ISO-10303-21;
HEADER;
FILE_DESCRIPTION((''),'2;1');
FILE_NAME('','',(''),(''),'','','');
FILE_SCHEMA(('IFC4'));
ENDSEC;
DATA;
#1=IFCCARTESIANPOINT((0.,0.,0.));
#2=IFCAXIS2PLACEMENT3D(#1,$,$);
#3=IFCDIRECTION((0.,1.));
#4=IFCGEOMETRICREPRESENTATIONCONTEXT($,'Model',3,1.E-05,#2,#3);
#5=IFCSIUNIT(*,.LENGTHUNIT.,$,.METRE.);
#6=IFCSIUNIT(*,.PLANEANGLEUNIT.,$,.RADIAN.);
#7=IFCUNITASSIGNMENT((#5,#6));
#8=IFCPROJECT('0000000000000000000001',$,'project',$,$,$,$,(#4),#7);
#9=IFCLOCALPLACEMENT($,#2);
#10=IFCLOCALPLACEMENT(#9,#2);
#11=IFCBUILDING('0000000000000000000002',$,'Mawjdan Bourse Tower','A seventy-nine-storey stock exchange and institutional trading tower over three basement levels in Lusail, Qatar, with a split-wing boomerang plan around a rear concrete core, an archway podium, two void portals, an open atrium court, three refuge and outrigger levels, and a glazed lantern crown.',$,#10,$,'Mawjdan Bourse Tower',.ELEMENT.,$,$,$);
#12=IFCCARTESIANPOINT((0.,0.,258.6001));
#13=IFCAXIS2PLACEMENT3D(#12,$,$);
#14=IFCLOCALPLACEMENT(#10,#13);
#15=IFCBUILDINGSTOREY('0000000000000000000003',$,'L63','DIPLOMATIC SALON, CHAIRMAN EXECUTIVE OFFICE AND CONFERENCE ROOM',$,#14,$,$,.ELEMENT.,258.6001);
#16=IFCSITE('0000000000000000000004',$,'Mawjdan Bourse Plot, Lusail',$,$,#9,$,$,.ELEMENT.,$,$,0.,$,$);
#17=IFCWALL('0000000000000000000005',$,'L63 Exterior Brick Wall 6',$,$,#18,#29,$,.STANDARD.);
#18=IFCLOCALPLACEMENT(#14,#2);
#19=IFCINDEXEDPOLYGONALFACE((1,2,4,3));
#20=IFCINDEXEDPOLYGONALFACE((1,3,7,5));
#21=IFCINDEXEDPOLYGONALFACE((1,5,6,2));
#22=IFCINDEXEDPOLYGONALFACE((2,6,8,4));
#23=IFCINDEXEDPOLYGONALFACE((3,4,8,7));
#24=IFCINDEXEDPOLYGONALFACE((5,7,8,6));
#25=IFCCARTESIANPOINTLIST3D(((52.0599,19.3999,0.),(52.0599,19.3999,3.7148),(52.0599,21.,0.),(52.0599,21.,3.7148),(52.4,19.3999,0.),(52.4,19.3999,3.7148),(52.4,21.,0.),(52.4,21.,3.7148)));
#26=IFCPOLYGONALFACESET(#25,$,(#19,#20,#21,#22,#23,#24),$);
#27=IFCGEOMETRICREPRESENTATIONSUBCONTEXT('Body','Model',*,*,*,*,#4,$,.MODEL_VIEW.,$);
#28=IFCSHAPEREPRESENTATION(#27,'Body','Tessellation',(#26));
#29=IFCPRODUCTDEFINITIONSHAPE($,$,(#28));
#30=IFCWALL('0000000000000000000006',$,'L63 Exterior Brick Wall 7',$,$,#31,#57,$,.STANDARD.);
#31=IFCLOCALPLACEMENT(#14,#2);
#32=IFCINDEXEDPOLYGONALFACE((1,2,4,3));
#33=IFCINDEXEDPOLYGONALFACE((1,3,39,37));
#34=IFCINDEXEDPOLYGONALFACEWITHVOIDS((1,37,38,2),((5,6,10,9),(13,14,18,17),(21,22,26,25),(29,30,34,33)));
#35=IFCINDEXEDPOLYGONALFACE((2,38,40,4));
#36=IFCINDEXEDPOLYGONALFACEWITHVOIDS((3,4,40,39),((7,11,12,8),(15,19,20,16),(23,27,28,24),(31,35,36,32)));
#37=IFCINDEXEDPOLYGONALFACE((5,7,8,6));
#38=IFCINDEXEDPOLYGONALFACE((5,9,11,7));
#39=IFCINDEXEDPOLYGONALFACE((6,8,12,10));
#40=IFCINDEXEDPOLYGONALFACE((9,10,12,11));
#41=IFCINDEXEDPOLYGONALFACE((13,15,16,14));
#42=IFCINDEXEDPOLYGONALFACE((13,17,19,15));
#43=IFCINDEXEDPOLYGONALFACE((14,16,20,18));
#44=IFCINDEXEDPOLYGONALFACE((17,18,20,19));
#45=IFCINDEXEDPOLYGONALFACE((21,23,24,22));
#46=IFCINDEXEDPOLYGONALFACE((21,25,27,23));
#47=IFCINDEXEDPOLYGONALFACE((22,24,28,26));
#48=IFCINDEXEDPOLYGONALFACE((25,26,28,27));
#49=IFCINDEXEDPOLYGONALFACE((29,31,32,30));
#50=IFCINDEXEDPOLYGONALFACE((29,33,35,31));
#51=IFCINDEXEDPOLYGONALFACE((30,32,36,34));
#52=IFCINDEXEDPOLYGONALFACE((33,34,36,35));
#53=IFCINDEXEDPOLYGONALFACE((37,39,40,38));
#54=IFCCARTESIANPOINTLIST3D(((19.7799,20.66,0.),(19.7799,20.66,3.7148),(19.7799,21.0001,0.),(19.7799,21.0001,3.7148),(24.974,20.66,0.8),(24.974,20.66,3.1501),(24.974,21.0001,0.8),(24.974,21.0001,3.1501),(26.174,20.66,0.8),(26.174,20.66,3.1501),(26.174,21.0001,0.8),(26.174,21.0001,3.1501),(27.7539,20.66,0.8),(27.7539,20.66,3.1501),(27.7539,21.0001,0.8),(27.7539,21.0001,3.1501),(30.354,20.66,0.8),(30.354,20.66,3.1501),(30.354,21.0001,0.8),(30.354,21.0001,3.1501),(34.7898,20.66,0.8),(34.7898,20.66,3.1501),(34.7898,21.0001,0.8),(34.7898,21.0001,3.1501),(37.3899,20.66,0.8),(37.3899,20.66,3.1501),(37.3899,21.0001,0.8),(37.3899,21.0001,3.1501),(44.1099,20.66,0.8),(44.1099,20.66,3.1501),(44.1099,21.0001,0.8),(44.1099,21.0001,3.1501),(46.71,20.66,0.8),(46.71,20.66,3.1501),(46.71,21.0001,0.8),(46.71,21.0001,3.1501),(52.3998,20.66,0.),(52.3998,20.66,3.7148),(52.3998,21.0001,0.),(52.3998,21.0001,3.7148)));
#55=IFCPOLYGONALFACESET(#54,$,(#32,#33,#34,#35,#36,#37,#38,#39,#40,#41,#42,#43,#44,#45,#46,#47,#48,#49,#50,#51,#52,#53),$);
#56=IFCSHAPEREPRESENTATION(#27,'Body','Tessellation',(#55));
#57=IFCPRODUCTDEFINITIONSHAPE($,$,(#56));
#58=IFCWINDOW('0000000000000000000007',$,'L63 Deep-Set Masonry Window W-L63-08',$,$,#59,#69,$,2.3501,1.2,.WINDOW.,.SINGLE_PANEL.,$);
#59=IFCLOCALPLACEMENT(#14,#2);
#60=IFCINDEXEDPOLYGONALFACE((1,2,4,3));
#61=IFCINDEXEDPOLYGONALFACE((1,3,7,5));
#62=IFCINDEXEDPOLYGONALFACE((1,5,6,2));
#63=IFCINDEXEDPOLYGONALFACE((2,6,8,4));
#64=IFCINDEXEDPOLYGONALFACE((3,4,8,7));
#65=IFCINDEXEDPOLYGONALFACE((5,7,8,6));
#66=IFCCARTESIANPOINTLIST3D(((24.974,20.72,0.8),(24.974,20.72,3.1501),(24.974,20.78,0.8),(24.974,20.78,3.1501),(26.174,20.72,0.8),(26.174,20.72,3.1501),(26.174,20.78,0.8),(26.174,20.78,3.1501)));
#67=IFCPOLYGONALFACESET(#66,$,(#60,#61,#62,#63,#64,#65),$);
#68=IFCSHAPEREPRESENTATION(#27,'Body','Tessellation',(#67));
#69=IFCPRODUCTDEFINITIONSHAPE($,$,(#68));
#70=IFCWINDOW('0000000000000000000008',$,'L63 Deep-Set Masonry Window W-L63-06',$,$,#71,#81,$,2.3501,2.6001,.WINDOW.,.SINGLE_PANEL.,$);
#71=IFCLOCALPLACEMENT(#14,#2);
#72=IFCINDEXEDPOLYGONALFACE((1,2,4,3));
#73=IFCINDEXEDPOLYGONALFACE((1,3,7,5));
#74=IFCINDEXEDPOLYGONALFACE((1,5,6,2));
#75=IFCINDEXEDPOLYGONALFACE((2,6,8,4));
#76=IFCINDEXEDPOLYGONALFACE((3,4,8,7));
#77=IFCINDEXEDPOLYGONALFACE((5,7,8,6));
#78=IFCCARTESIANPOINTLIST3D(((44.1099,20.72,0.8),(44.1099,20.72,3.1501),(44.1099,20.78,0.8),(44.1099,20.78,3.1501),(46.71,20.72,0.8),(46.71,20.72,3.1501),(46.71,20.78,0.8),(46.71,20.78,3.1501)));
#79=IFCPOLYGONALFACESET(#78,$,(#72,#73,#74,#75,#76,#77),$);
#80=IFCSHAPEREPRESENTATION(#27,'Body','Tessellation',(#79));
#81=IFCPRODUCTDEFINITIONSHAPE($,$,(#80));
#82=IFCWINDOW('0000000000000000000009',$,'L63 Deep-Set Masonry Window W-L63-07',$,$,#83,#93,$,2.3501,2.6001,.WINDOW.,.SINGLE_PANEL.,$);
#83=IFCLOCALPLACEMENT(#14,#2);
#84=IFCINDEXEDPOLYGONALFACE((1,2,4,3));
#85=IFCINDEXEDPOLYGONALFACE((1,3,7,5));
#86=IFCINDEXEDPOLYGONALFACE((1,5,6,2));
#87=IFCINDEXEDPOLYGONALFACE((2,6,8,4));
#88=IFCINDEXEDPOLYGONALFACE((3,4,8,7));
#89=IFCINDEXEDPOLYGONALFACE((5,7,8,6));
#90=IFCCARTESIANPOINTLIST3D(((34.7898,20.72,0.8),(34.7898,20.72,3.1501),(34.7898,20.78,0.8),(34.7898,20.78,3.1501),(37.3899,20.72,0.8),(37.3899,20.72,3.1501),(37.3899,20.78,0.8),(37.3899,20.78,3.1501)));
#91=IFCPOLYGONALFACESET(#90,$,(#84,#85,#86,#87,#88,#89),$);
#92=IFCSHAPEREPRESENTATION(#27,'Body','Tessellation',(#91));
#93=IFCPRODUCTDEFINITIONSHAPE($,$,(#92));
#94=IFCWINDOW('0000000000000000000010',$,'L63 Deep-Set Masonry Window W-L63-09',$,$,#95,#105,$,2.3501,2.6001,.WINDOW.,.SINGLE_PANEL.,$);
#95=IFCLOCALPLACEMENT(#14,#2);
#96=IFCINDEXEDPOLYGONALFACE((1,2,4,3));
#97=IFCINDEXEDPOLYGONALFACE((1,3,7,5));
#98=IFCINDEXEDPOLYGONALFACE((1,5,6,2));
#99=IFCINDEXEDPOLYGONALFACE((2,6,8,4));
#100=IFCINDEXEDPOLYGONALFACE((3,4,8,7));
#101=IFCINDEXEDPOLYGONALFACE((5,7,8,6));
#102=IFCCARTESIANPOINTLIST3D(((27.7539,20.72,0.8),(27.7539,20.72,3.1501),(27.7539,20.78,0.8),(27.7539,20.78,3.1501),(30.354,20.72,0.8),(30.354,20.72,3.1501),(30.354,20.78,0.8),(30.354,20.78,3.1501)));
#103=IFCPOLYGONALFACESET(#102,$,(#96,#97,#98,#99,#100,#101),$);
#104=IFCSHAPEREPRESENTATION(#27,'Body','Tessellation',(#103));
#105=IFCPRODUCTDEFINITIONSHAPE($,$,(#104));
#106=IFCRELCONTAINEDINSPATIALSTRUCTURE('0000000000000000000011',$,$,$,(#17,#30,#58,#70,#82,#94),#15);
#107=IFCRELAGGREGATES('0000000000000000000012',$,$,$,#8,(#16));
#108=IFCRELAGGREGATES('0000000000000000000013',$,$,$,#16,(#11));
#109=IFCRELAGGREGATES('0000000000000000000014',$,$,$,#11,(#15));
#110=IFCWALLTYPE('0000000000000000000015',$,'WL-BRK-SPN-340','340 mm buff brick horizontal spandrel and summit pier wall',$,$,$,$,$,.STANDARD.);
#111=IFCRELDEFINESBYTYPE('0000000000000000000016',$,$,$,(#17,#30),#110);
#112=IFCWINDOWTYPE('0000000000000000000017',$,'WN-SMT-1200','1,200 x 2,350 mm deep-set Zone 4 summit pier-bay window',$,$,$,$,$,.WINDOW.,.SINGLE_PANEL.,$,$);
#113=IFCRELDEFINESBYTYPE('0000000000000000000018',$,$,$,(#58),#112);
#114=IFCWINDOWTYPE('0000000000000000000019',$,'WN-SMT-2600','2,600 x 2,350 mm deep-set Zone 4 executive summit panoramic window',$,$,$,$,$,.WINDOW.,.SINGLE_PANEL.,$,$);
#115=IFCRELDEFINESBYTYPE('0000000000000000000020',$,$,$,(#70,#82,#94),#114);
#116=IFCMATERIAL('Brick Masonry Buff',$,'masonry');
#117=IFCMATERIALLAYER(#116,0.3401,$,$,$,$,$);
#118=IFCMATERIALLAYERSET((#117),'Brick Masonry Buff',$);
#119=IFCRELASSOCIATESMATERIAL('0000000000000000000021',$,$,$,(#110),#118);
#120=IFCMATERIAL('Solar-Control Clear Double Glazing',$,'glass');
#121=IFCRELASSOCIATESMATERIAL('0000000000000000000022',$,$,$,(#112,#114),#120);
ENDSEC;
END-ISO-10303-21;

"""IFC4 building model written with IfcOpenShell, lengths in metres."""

from ifc_helpers import new_model, si_unit, direction, frame, frame_2d, origin, place, context, subcontext, project, spatial, rectangle, extrude, material, layer, layer_set, type_object, element, fill, save


model = new_model("IFC4")

# Units and contexts
model_context = context("Model", 3, precision=1e-05, world=origin(), true_north=direction((0.0, 1.0)))
body_context = subcontext(model_context, "Body", "Model", "MODEL_VIEW")
ifc_project = project(units=[si_unit("LENGTHUNIT", "METRE"), si_unit("PLANEANGLEUNIT", "RADIAN")], contexts=[model_context])

# Site, building, storey
site_placement = place(None, origin())
site = spatial("IfcSite", under=ifc_project, at=site_placement, Name="Mawjdan Bourse Plot, Lusail", CompositionType="ELEMENT", RefElevation=0.0)
building_placement = place(site_placement, origin())
building = spatial("IfcBuilding", under=site, at=building_placement, Name="Mawjdan Bourse Tower", Description="A seventy-nine-storey stock exchange and institutional trading tower over three basement levels in Lusail, Qatar, with a split-wing boomerang plan around a rear concrete core, an archway podium, two void portals, an open atrium court, three refuge and outrigger levels, and a glazed lantern crown.", LongName="Mawjdan Bourse Tower", CompositionType="ELEMENT")
storey_placement = place(building_placement, frame((0.0, 0.0, 258.6001)))
storey = spatial("IfcBuildingStorey", under=building, at=storey_placement, Name="L63", Description="DIPLOMATIC SALON, CHAIRMAN EXECUTIVE OFFICE AND CONFERENCE ROOM", CompositionType="ELEMENT", Elevation=258.6001)

# Shared definitions
ifc_material_1 = material(Name="Brick Masonry Buff", Category="masonry")
ifc_layer = layer(ifc_material_1, 0.3401)
ifc_layer_set = layer_set([ifc_layer], Name="Brick Masonry Buff")
wall_type = type_object("IfcWallType", Name="WL-BRK-SPN-340", Description="340 mm buff brick horizontal spandrel and summit pier wall", PredefinedType="STANDARD", material=ifc_layer_set)

# Shared definitions
ifc_material_2 = material(Name="Solar-Control Clear Double Glazing", Category="glass")

# Wall
for number, where, z_axis, x_axis, name in (
    (1, (52.23, 19.3999, 0.0), (0.0, 0.0, 1.0), (0.0, 1.0, 0.0), "L63 Exterior Brick Wall 6"),
):
    element("IfcWall", number, at=place(storey_placement, frame(where, z_axis=z_axis, x_axis=x_axis)), inside=storey, type_object=wall_type, Name=name, PredefinedType="STANDARD", context=body_context, shape_type="SweptSolid", body=[
        extrude(rectangle(XDim=1.6001, YDim=0.3401, at=frame_2d((0.8, 0.0))), origin(), (0.0, 0.0, 1.0), 3.7148),
    ])

# Wall, openings, windows
wall_1_placement = place(storey_placement, frame((52.3999, 20.8301, 0.0), z_axis=(0.0, 0.0, 1.0), x_axis=(-1.0, 0.0, 0.0)))
wall_1 = element("IfcWall", 2, at=wall_1_placement, inside=storey, type_object=wall_type, Name="L63 Exterior Brick Wall 7", PredefinedType="STANDARD", context=body_context, shape_type="SweptSolid", body=[
    extrude(rectangle(XDim=32.6199, YDim=0.3401, at=frame_2d((16.3101, 0.0))), origin(), (0.0, 0.0, 1.0), 3.7148),
])
opening_1_placement = place(wall_1_placement, frame((5.6899, 0.0, 0.8)))
opening_1 = element("IfcOpeningElement", 3, at=opening_1_placement, cuts=wall_1, PredefinedType="OPENING", context=body_context, shape_type="SweptSolid", body=[
    extrude(rectangle(XDim=2.6001, YDim=2.3501, at=frame_2d((1.3, 1.175))), frame((0.0, 0.1802, 0.0), z_axis=(0.0, -1.0, 0.0), x_axis=(1.0, 0.0, 0.0)), (0.0, 0.0, 1.0), 0.3601),
])
opening_2_placement = place(wall_1_placement, frame((15.01, 0.0, 0.8)))
opening_2 = element("IfcOpeningElement", 4, at=opening_2_placement, cuts=wall_1, PredefinedType="OPENING", context=body_context, shape_type="SweptSolid", body=[
    extrude(rectangle(XDim=2.6001, YDim=2.3501, at=frame_2d((1.3, 1.175))), frame((0.0, 0.1802, 0.0), z_axis=(0.0, -1.0, 0.0), x_axis=(1.0, 0.0, 0.0)), (0.0, 0.0, 1.0), 0.3601),
])
opening_3_placement = place(wall_1_placement, frame((26.2258, 0.0, 0.8)))
opening_3 = element("IfcOpeningElement", 5, at=opening_3_placement, cuts=wall_1, PredefinedType="OPENING", context=body_context, shape_type="SweptSolid", body=[
    extrude(rectangle(XDim=1.2, YDim=2.3501, at=frame_2d((0.6001, 1.175))), frame((0.0, 0.1802, 0.0), z_axis=(0.0, -1.0, 0.0), x_axis=(1.0, 0.0, 0.0)), (0.0, 0.0, 1.0), 0.3601),
])
opening_4_placement = place(wall_1_placement, frame((22.0459, 0.0, 0.8)))
opening_4 = element("IfcOpeningElement", 6, at=opening_4_placement, cuts=wall_1, PredefinedType="OPENING", context=body_context, shape_type="SweptSolid", body=[
    extrude(rectangle(XDim=2.6001, YDim=2.3501, at=frame_2d((1.3, 1.175))), frame((0.0, 0.1802, 0.0), z_axis=(0.0, -1.0, 0.0), x_axis=(1.0, 0.0, 0.0)), (0.0, 0.0, 1.0), 0.3601),
])
window_type_1 = type_object("IfcWindowType", Name="WN-SMT-1200", Description="1,200 x 2,350 mm deep-set Zone 4 summit pier-bay window", PartitioningType="SINGLE_PANEL", PredefinedType="WINDOW", material=ifc_material_2)
window_1_placement = place(opening_3_placement, origin())
window_1 = element("IfcWindow", 7, at=window_1_placement, inside=storey, type_object=window_type_1, Name="L63 Deep-Set Masonry Window W-L63-08", OverallHeight=2.3501, OverallWidth=1.2, PartitioningType="SINGLE_PANEL", PredefinedType="WINDOW", context=body_context, shape_type="SweptSolid", body=[
    extrude(rectangle(XDim=1.2, YDim=2.3501, at=frame_2d((0.6001, 1.175))), frame((0.0, 0.1101, 0.0), z_axis=(0.0, -1.0, 0.0), x_axis=(1.0, 0.0, 0.0)), (0.0, 0.0, 1.0), 0.0601),
])
fill(opening_3, window_1)
window_type_2 = type_object("IfcWindowType", Name="WN-SMT-2600", Description="2,600 x 2,350 mm deep-set Zone 4 executive summit panoramic window", PartitioningType="SINGLE_PANEL", PredefinedType="WINDOW", material=ifc_material_2)
window_2_placement = place(opening_1_placement, origin())
window_2 = element("IfcWindow", 8, at=window_2_placement, inside=storey, type_object=window_type_2, Name="L63 Deep-Set Masonry Window W-L63-06", OverallHeight=2.3501, OverallWidth=2.6001, PartitioningType="SINGLE_PANEL", PredefinedType="WINDOW", context=body_context, shape_type="SweptSolid", body=[
    extrude(rectangle(XDim=2.6001, YDim=2.3501, at=frame_2d((1.3, 1.175))), frame((0.0, 0.1101, 0.0), z_axis=(0.0, -1.0, 0.0), x_axis=(1.0, 0.0, 0.0)), (0.0, 0.0, 1.0), 0.0601),
])
fill(opening_1, window_2)
window_3_placement = place(opening_2_placement, origin())
window_3 = element("IfcWindow", 9, at=window_3_placement, inside=storey, type_object=window_type_2, Name="L63 Deep-Set Masonry Window W-L63-07", OverallHeight=2.3501, OverallWidth=2.6001, PartitioningType="SINGLE_PANEL", PredefinedType="WINDOW", context=body_context, shape_type="SweptSolid", body=[
    extrude(rectangle(XDim=2.6001, YDim=2.3501, at=frame_2d((1.3, 1.175))), frame((0.0, 0.1101, 0.0), z_axis=(0.0, -1.0, 0.0), x_axis=(1.0, 0.0, 0.0)), (0.0, 0.0, 1.0), 0.0601),
])
fill(opening_2, window_3)
window_4_placement = place(opening_4_placement, origin())
window_4 = element("IfcWindow", 10, at=window_4_placement, inside=storey, type_object=window_type_2, Name="L63 Deep-Set Masonry Window W-L63-09", OverallHeight=2.3501, OverallWidth=2.6001, PartitioningType="SINGLE_PANEL", PredefinedType="WINDOW", context=body_context, shape_type="SweptSolid", body=[
    extrude(rectangle(XDim=2.6001, YDim=2.3501, at=frame_2d((1.3, 1.175))), frame((0.0, 0.1101, 0.0), z_axis=(0.0, -1.0, 0.0), x_axis=(1.0, 0.0, 0.0)), (0.0, 0.0, 1.0), 0.0601),
])
fill(opening_4, window_4)

save(model, "model.ifc")
